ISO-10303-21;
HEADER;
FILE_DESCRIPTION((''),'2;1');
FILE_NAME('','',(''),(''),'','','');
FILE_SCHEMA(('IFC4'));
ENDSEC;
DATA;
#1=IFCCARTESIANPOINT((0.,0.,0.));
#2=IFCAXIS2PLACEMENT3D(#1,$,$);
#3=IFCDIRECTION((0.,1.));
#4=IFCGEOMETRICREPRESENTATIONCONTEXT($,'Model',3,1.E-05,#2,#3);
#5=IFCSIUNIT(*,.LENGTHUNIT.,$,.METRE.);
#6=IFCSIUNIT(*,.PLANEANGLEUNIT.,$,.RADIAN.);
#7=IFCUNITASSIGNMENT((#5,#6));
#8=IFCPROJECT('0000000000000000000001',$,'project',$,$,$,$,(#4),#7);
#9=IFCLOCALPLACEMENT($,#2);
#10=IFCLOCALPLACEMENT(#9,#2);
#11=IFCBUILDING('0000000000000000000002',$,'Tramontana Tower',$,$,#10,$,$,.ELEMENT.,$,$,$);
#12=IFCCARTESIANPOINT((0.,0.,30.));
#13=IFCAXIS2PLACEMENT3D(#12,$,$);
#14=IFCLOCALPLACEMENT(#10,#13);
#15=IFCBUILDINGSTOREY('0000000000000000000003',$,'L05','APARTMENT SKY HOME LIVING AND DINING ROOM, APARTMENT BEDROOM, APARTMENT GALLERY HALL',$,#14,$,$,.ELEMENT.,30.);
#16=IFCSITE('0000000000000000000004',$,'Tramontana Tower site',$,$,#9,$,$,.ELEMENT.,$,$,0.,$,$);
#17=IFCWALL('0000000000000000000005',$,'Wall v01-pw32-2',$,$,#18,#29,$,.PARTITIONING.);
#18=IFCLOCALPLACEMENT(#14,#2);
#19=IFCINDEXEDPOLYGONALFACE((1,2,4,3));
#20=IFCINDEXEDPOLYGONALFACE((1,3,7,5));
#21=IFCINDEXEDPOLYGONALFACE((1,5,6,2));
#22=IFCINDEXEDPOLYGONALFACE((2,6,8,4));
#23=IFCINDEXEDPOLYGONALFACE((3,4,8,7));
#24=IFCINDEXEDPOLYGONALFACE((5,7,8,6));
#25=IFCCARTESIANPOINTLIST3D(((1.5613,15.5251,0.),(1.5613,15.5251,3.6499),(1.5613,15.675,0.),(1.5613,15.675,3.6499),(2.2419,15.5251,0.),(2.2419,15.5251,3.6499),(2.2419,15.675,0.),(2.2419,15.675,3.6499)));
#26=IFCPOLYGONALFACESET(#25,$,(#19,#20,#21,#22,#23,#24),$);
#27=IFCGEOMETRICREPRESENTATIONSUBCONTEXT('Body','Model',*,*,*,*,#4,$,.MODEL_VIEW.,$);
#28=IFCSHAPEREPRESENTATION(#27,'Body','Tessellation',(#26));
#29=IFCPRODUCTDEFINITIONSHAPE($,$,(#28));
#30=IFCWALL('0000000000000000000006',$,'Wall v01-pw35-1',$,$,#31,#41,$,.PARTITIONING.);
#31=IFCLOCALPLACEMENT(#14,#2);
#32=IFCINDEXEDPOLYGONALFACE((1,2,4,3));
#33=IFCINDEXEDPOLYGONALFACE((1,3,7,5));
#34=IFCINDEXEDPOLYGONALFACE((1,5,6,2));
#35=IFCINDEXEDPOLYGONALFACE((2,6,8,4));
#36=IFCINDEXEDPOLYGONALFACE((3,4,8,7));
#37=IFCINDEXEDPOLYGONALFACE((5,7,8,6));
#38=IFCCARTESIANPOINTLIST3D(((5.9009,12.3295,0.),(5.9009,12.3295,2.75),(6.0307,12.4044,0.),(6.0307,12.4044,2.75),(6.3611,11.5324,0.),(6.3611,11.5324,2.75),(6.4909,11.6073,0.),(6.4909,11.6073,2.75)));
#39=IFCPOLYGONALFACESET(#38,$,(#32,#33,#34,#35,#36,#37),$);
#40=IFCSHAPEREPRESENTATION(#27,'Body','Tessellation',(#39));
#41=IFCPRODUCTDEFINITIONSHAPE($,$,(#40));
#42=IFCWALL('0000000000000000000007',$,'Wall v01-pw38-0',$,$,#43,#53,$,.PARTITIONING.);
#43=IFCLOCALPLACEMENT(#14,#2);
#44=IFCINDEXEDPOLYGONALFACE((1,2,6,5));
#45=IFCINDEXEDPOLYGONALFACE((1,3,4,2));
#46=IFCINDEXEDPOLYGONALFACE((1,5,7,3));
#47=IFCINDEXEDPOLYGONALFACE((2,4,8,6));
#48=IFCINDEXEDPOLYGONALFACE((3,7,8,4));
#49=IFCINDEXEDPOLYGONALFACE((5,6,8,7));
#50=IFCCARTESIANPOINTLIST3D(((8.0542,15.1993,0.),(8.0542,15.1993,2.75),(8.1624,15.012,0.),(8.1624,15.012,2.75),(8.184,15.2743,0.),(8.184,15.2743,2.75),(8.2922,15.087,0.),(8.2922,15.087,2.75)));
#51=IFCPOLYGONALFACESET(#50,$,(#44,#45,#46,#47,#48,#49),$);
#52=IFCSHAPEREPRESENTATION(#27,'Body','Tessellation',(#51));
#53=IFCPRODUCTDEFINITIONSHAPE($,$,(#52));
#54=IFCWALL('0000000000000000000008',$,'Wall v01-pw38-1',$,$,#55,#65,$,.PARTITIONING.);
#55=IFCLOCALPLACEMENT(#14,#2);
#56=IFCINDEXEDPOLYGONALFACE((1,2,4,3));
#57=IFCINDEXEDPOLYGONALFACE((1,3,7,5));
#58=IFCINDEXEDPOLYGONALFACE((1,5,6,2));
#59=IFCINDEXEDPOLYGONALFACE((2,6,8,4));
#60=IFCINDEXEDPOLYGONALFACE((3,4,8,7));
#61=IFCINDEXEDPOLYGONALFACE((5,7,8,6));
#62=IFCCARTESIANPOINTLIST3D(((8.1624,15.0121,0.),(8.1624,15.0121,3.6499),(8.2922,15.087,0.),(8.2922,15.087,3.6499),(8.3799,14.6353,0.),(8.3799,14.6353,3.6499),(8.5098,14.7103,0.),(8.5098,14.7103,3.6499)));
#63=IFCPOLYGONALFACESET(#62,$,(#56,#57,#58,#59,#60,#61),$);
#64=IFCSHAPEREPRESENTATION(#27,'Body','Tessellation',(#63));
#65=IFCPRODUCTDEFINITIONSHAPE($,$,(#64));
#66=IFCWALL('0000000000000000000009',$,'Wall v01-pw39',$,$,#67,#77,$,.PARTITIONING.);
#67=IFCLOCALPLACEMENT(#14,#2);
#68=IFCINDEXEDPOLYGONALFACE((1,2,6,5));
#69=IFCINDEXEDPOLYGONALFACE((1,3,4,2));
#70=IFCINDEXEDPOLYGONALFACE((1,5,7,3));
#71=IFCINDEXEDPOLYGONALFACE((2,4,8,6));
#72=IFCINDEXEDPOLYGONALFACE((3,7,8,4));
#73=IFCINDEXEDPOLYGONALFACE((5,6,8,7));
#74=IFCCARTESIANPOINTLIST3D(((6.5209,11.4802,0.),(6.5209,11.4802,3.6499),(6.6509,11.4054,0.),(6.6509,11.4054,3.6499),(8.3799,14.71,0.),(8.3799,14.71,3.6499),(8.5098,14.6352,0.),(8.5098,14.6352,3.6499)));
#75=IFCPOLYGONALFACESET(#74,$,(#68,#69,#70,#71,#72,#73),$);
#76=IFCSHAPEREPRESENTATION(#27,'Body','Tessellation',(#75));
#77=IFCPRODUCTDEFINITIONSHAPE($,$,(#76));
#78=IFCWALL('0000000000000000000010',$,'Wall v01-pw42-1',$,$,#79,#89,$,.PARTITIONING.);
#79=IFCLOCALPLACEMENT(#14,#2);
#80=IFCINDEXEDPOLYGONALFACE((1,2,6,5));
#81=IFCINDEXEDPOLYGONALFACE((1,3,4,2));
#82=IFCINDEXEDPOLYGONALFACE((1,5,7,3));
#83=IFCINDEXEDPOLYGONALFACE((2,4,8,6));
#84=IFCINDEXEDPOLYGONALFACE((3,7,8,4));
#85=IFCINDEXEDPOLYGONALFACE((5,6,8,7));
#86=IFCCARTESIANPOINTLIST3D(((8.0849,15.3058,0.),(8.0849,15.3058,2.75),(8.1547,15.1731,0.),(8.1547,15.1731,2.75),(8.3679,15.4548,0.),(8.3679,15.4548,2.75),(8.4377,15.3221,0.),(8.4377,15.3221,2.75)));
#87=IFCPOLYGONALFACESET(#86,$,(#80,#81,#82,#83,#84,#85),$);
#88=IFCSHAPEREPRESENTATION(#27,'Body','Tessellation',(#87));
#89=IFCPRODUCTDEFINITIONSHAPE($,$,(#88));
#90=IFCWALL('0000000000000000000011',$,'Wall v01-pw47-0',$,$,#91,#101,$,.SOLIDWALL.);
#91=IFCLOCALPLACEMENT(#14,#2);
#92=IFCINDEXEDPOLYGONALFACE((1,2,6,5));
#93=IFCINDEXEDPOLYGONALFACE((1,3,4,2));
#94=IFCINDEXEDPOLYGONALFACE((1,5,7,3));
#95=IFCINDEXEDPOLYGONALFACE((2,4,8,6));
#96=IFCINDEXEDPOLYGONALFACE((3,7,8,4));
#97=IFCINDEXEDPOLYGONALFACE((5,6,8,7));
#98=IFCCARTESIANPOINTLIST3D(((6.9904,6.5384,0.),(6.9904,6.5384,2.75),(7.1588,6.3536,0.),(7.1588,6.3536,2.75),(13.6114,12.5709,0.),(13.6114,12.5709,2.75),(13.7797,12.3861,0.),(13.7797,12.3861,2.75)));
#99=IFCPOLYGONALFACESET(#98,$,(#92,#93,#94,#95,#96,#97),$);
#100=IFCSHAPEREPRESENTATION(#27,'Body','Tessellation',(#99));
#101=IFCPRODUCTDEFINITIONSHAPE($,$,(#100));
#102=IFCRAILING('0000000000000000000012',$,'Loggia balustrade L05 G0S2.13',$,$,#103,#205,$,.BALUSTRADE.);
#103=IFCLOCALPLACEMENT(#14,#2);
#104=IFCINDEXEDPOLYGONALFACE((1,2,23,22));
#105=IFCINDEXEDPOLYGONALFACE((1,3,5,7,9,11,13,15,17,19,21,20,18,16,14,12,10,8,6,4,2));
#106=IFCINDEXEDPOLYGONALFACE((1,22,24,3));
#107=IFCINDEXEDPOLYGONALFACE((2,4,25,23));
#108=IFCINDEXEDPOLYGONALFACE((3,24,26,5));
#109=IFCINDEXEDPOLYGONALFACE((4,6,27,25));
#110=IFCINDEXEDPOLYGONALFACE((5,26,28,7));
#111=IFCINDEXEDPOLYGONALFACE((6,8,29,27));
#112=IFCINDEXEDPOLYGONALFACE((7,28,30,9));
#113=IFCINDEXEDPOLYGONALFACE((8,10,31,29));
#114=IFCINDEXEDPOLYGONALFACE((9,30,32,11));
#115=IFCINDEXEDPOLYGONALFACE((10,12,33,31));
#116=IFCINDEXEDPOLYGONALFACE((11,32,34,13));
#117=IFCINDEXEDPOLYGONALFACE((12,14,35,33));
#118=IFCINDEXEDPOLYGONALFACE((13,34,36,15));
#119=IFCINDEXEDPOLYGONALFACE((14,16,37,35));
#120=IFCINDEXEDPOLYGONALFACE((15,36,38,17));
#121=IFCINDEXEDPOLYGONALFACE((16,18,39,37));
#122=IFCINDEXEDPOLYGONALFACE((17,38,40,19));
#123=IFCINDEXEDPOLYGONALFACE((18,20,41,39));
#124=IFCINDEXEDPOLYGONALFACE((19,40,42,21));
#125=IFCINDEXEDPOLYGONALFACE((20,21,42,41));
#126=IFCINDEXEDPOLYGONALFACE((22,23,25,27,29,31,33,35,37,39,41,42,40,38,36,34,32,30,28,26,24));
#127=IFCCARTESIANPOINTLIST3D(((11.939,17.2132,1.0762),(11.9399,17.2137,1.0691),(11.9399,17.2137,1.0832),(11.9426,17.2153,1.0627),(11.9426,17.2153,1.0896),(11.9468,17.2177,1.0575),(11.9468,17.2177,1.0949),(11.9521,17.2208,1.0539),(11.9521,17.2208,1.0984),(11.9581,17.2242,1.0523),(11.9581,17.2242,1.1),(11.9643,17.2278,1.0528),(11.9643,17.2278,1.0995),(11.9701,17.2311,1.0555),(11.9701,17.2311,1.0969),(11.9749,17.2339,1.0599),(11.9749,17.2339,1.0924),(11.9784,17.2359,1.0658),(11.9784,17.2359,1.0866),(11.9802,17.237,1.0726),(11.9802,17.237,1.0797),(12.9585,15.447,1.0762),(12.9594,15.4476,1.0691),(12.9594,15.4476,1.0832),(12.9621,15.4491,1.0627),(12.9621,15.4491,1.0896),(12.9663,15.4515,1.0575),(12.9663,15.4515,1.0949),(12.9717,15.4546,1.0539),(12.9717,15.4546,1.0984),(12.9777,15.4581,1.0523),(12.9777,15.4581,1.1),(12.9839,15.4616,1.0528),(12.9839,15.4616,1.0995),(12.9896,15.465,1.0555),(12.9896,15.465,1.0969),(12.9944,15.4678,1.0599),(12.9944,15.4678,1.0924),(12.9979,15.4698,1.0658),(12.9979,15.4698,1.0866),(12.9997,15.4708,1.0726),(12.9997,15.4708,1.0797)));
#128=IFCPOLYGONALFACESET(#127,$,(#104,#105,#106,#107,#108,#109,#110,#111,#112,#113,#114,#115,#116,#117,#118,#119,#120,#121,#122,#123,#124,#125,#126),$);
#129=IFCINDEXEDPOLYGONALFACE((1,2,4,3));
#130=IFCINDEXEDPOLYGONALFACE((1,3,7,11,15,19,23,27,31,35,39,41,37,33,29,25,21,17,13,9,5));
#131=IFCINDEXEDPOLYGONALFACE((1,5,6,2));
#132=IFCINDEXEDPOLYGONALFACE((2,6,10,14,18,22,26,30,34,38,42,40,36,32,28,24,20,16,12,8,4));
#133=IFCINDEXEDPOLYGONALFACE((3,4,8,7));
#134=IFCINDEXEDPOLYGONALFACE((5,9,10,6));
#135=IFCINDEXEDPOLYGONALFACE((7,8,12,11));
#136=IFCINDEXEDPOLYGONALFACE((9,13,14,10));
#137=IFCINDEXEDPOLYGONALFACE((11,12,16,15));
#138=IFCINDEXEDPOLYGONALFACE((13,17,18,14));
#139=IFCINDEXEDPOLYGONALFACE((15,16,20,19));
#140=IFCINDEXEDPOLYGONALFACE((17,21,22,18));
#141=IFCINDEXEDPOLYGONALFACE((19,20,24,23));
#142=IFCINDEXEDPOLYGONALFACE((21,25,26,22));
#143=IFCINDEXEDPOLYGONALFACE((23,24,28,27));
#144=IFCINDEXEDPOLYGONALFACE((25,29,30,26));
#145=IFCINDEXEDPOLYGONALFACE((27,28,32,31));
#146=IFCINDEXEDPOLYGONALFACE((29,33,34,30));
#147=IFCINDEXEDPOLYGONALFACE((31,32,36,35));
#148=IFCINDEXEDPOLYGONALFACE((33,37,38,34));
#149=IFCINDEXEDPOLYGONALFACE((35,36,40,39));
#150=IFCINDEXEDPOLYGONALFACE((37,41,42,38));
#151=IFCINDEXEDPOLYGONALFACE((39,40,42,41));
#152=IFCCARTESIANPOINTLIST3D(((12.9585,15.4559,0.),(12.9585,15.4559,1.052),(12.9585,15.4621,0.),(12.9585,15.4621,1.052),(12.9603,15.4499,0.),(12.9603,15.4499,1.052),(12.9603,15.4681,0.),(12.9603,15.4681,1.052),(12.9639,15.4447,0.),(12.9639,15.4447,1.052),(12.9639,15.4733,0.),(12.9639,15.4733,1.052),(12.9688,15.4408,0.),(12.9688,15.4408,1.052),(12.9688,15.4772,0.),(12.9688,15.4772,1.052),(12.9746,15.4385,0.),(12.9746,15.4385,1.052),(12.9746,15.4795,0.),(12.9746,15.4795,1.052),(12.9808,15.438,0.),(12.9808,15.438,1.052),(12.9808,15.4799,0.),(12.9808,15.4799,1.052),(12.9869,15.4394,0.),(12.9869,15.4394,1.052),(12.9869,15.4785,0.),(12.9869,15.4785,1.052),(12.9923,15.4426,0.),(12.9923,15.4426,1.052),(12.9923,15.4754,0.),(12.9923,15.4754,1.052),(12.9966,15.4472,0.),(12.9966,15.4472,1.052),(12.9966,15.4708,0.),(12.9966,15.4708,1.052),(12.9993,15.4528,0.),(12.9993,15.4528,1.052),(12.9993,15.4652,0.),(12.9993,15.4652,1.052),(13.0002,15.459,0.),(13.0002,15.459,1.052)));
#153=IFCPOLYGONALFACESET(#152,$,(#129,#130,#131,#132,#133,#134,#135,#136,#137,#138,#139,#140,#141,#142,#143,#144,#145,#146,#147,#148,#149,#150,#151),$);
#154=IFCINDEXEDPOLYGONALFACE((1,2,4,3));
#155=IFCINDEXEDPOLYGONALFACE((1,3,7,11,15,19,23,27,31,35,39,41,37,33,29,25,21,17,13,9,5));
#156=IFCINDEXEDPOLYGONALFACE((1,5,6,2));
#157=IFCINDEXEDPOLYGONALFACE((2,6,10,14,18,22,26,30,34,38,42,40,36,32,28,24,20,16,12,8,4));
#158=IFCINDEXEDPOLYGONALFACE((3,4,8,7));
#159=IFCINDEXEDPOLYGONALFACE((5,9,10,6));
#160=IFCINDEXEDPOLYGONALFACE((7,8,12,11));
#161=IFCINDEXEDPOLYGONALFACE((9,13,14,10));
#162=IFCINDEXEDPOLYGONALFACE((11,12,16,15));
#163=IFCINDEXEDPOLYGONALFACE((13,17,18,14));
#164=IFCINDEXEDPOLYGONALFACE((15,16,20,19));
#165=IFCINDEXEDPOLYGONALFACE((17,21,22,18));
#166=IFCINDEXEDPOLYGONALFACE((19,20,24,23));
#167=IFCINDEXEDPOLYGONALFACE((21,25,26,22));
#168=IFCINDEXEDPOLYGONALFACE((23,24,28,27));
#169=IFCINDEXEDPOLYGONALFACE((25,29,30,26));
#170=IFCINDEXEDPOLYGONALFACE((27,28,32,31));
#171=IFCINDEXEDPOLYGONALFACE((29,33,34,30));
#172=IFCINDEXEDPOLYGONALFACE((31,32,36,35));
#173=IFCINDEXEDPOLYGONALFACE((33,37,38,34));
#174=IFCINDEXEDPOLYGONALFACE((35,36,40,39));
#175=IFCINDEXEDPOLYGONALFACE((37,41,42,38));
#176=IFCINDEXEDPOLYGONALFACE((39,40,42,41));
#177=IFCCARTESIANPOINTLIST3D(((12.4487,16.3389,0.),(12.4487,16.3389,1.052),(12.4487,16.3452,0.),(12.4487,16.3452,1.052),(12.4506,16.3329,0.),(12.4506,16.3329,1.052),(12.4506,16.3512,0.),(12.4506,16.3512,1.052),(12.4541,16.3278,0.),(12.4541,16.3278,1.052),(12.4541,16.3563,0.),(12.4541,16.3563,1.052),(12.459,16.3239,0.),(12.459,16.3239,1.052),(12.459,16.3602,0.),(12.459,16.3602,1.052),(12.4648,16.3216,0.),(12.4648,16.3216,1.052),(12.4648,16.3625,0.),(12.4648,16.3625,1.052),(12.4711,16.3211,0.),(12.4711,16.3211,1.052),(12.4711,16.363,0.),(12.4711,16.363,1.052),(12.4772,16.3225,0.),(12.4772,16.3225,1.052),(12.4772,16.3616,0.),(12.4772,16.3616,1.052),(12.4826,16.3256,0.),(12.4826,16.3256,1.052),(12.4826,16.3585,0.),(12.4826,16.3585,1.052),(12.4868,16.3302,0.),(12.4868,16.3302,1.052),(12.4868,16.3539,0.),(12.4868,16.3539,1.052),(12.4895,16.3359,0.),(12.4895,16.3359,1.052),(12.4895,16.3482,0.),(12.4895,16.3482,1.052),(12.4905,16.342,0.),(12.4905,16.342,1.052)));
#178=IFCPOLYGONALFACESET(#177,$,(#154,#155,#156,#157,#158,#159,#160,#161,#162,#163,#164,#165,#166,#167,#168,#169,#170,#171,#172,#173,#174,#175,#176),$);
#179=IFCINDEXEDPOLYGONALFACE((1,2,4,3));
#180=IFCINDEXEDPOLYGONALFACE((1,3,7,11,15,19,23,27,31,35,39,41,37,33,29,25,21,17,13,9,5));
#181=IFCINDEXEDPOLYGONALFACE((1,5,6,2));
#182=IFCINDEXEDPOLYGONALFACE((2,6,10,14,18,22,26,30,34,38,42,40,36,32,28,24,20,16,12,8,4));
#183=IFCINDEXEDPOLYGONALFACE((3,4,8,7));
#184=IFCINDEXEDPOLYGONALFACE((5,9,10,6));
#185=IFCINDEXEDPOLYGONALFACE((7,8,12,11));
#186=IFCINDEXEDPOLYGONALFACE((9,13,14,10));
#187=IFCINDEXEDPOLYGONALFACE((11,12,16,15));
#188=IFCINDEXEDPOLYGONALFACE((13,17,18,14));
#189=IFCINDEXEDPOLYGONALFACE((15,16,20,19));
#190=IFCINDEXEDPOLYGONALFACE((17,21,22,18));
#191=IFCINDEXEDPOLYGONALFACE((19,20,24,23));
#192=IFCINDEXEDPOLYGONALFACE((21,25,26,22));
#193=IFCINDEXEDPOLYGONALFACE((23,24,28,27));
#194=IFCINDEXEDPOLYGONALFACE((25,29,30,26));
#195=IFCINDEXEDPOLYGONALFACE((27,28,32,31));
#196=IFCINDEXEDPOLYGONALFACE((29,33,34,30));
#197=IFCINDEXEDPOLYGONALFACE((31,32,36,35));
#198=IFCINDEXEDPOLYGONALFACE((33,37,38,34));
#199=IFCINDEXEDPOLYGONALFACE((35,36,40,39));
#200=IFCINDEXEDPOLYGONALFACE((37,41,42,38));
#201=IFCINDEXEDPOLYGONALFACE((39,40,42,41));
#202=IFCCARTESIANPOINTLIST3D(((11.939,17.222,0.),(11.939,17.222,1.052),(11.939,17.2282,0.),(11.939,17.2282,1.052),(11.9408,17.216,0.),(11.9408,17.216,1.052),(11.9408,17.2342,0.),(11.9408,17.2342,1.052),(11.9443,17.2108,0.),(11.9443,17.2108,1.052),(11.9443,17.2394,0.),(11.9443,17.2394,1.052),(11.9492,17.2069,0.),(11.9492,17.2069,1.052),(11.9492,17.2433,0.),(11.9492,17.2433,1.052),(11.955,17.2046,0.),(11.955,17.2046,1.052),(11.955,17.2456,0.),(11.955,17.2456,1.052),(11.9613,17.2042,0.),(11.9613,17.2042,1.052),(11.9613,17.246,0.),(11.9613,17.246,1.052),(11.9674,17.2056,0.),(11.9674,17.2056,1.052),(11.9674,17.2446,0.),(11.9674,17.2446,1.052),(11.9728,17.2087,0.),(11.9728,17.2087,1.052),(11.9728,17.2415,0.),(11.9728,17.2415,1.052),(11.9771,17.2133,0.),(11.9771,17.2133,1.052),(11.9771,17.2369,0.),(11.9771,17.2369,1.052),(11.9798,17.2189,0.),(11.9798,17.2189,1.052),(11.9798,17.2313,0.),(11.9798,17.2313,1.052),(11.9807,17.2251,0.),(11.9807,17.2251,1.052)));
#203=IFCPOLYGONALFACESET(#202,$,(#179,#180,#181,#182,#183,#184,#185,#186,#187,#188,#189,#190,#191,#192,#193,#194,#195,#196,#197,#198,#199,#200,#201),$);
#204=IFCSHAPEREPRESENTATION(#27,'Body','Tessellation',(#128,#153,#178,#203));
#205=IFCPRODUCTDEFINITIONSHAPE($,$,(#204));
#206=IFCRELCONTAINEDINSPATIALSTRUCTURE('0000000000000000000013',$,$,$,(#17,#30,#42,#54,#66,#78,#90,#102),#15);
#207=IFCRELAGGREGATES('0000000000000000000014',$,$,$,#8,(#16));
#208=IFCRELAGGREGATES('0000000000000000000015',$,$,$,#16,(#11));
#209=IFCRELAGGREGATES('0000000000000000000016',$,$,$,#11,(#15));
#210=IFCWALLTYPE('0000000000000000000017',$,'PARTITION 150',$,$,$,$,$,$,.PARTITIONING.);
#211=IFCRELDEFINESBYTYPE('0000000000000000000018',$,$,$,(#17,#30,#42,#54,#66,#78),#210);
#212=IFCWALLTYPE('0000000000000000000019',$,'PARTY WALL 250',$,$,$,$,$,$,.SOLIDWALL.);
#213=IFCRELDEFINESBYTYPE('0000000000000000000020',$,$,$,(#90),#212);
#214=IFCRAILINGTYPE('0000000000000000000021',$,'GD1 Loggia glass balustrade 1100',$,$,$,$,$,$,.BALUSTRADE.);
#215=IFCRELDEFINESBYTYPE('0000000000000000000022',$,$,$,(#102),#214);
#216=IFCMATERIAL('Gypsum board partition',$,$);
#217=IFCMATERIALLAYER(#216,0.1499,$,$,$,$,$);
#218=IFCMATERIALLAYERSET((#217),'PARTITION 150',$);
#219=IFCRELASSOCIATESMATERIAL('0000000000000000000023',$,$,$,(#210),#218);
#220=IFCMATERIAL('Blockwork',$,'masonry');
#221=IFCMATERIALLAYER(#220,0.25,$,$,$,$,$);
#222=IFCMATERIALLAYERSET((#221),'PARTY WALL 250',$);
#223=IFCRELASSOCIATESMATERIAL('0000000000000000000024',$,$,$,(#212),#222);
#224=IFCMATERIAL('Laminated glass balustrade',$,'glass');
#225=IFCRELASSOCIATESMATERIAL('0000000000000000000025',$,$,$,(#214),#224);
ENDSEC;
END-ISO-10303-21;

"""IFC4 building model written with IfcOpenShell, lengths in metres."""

from ifc_helpers import new_model, si_unit, direction, frame, frame_2d, origin, origin_2d, place, context, subcontext, project, spatial, rectangle, circle, extrude, material, layer, layer_set, type_object, element, save


model = new_model("IFC4")

# Units and contexts
model_context = context("Model", 3, precision=1e-05, world=origin(), true_north=direction((0.0, 1.0)))
body_context = subcontext(model_context, "Body", "Model", "MODEL_VIEW")
ifc_project = project(units=[si_unit("LENGTHUNIT", "METRE"), si_unit("PLANEANGLEUNIT", "RADIAN")], contexts=[model_context])

# Site, building, storey
site_placement = place(None, origin())
site = spatial("IfcSite", under=ifc_project, at=site_placement, Name="Tramontana Tower site", CompositionType="ELEMENT", RefElevation=0.0)
building_placement = place(site_placement, origin())
building = spatial("IfcBuilding", under=site, at=building_placement, Name="Tramontana Tower", CompositionType="ELEMENT")
storey_placement = place(building_placement, frame((0.0, 0.0, 30.0)))
storey = spatial("IfcBuildingStorey", under=building, at=storey_placement, Name="L05", Description="APARTMENT SKY HOME LIVING AND DINING ROOM, APARTMENT BEDROOM, APARTMENT GALLERY HALL", CompositionType="ELEMENT", Elevation=30.0)

# Wall
ifc_material_1 = material(Name="Gypsum board partition")
ifc_layer_1 = layer(ifc_material_1, 0.1499)
ifc_layer_set_1 = layer_set([ifc_layer_1], Name="PARTITION 150")
wall_type_1 = type_object("IfcWallType", Name="PARTITION 150", PredefinedType="PARTITIONING", material=ifc_layer_set_1)
wall_1_placement = place(storey_placement, frame((1.5613, 15.6001, 0.0), z_axis=(0.0, 0.0, 1.0), x_axis=(1.0, 0.0, 0.0)))
element("IfcWall", 1, at=wall_1_placement, inside=storey, type_object=wall_type_1, Name="Wall v01-pw32-2", PredefinedType="PARTITIONING", context=body_context, shape_type="SweptSolid", body=[
    extrude(rectangle(XDim=0.6807, YDim=0.1499, at=frame_2d((0.3403, 0.0))), origin(), (0.0, 0.0, 1.0), 3.6499),
])

# Walls
wall_2_placement = place(storey_placement, frame((5.9658, 12.3669, 0.0), z_axis=(0.0, 0.0, 1.0), x_axis=(0.49999, -0.866031, 0.0)))
element("IfcWall", 2, at=wall_2_placement, inside=storey, type_object=wall_type_1, Name="Wall v01-pw35-1", PredefinedType="PARTITIONING", context=body_context, shape_type="SweptSolid", body=[
    extrude(rectangle(XDim=0.9204, YDim=0.1499, at=frame_2d((0.4602, 0.0))), origin(), (0.0, 0.0, 1.0), 2.75),
])
wall_3_placement = place(storey_placement, frame((8.1191, 15.2368, 0.0), z_axis=(0.0, 0.0, 1.0), x_axis=(0.500146, -0.865941, 0.0)))
element("IfcWall", 3, at=wall_3_placement, inside=storey, type_object=wall_type_1, Name="Wall v01-pw38-0", PredefinedType="PARTITIONING", context=body_context, shape_type="SweptSolid", body=[
    extrude(rectangle(XDim=0.2163, YDim=0.1499, at=frame_2d((0.1082, 0.0))), origin(), (0.0, 0.0, 1.0), 2.75),
])
wall_4_placement = place(storey_placement, frame((8.2273, 15.0496, 0.0), z_axis=(0.0, 0.0, 1.0), x_axis=(0.500063, -0.865989, 0.0)))
element("IfcWall", 4, at=wall_4_placement, inside=storey, type_object=wall_type_1, Name="Wall v01-pw38-1", PredefinedType="PARTITIONING", context=body_context, shape_type="SweptSolid", body=[
    extrude(rectangle(XDim=0.4351, YDim=0.1499, at=frame_2d((0.2175, 0.0))), origin(), (0.0, 0.0, 1.0), 3.6499),
])
wall_5_placement = place(storey_placement, frame((8.4448, 14.6726, 0.0), z_axis=(0.0, 0.0, 1.0), x_axis=(-0.498832, -0.866699, 0.0)))
element("IfcWall", 5, at=wall_5_placement, inside=storey, type_object=wall_type_1, Name="Wall v01-pw39", PredefinedType="PARTITIONING", context=body_context, shape_type="SweptSolid", body=[
    extrude(rectangle(XDim=3.7266, YDim=0.1499, at=frame_2d((1.8633, 0.0))), origin(), (0.0, 0.0, 1.0), 3.6499),
])
wall_6_placement = place(storey_placement, frame((8.4028, 15.3884, 0.0), z_axis=(0.0, 0.0, 1.0), x_axis=(-0.884918, -0.465746, 0.0)))
element("IfcWall", 6, at=wall_6_placement, inside=storey, type_object=wall_type_1, Name="Wall v01-pw42-1", PredefinedType="PARTITIONING", context=body_context, shape_type="SweptSolid", body=[
    extrude(rectangle(XDim=0.3198, YDim=0.1499, at=frame_2d((0.1599, 0.0))), origin(), (0.0, 0.0, 1.0), 2.75),
])
ifc_material_2 = material(Name="Blockwork", Category="masonry")
ifc_layer_2 = layer(ifc_material_2, 0.25)
ifc_layer_set_2 = layer_set([ifc_layer_2], Name="PARTY WALL 250")
wall_type_2 = type_object("IfcWallType", Name="PARTY WALL 250", PredefinedType="SOLIDWALL", material=ifc_layer_set_2)
wall_7_placement = place(storey_placement, frame((13.6956, 12.4785, 0.0), z_axis=(0.0, 0.0, 1.0), x_axis=(-0.739188, -0.673499, 0.0)))
element("IfcWall", 7, at=wall_7_placement, inside=storey, type_object=wall_type_2, Name="Wall v01-pw47-0", PredefinedType="SOLIDWALL", context=body_context, shape_type="SweptSolid", body=[
    extrude(rectangle(XDim=8.957, YDim=0.25, at=frame_2d((4.4785, 0.0))), origin(), (0.0, 0.0, 1.0), 2.75),
])

# Railing
ifc_material_3 = material(Name="Laminated glass balustrade", Category="glass")
railing_type = type_object("IfcRailingType", Name="GD1 Loggia glass balustrade 1100", PredefinedType="BALUSTRADE", material=ifc_material_3)
railing_placement = place(storey_placement, frame((12.9792, 15.459, 0.0)))
element("IfcRailing", 8, at=railing_placement, inside=storey, type_object=railing_type, Name="Loggia balustrade L05 G0S2.13", PredefinedType="BALUSTRADE", context=body_context, shape_type="SweptSolid", body=[
    extrude(circle(Radius=0.0239, at=origin_2d()), frame((0.0, 0.0, 1.0762), z_axis=(-0.49995, 0.866054, 0.0), x_axis=(-0.866054, -0.49995, 0.0)), (0.0, 0.0, 1.0), 2.0393),
    extrude(circle(Radius=0.021, at=origin_2d()), origin(), (0.0, 0.0, 1.0), 1.052),
    extrude(circle(Radius=0.021, at=origin_2d()), frame((-0.5098, 0.8831, 0.0)), (0.0, 0.0, 1.0), 1.052),
    extrude(circle(Radius=0.021, at=origin_2d()), frame((-1.0195, 1.7661, 0.0)), (0.0, 0.0, 1.0), 1.052),
])

save(model, "model.ifc")
